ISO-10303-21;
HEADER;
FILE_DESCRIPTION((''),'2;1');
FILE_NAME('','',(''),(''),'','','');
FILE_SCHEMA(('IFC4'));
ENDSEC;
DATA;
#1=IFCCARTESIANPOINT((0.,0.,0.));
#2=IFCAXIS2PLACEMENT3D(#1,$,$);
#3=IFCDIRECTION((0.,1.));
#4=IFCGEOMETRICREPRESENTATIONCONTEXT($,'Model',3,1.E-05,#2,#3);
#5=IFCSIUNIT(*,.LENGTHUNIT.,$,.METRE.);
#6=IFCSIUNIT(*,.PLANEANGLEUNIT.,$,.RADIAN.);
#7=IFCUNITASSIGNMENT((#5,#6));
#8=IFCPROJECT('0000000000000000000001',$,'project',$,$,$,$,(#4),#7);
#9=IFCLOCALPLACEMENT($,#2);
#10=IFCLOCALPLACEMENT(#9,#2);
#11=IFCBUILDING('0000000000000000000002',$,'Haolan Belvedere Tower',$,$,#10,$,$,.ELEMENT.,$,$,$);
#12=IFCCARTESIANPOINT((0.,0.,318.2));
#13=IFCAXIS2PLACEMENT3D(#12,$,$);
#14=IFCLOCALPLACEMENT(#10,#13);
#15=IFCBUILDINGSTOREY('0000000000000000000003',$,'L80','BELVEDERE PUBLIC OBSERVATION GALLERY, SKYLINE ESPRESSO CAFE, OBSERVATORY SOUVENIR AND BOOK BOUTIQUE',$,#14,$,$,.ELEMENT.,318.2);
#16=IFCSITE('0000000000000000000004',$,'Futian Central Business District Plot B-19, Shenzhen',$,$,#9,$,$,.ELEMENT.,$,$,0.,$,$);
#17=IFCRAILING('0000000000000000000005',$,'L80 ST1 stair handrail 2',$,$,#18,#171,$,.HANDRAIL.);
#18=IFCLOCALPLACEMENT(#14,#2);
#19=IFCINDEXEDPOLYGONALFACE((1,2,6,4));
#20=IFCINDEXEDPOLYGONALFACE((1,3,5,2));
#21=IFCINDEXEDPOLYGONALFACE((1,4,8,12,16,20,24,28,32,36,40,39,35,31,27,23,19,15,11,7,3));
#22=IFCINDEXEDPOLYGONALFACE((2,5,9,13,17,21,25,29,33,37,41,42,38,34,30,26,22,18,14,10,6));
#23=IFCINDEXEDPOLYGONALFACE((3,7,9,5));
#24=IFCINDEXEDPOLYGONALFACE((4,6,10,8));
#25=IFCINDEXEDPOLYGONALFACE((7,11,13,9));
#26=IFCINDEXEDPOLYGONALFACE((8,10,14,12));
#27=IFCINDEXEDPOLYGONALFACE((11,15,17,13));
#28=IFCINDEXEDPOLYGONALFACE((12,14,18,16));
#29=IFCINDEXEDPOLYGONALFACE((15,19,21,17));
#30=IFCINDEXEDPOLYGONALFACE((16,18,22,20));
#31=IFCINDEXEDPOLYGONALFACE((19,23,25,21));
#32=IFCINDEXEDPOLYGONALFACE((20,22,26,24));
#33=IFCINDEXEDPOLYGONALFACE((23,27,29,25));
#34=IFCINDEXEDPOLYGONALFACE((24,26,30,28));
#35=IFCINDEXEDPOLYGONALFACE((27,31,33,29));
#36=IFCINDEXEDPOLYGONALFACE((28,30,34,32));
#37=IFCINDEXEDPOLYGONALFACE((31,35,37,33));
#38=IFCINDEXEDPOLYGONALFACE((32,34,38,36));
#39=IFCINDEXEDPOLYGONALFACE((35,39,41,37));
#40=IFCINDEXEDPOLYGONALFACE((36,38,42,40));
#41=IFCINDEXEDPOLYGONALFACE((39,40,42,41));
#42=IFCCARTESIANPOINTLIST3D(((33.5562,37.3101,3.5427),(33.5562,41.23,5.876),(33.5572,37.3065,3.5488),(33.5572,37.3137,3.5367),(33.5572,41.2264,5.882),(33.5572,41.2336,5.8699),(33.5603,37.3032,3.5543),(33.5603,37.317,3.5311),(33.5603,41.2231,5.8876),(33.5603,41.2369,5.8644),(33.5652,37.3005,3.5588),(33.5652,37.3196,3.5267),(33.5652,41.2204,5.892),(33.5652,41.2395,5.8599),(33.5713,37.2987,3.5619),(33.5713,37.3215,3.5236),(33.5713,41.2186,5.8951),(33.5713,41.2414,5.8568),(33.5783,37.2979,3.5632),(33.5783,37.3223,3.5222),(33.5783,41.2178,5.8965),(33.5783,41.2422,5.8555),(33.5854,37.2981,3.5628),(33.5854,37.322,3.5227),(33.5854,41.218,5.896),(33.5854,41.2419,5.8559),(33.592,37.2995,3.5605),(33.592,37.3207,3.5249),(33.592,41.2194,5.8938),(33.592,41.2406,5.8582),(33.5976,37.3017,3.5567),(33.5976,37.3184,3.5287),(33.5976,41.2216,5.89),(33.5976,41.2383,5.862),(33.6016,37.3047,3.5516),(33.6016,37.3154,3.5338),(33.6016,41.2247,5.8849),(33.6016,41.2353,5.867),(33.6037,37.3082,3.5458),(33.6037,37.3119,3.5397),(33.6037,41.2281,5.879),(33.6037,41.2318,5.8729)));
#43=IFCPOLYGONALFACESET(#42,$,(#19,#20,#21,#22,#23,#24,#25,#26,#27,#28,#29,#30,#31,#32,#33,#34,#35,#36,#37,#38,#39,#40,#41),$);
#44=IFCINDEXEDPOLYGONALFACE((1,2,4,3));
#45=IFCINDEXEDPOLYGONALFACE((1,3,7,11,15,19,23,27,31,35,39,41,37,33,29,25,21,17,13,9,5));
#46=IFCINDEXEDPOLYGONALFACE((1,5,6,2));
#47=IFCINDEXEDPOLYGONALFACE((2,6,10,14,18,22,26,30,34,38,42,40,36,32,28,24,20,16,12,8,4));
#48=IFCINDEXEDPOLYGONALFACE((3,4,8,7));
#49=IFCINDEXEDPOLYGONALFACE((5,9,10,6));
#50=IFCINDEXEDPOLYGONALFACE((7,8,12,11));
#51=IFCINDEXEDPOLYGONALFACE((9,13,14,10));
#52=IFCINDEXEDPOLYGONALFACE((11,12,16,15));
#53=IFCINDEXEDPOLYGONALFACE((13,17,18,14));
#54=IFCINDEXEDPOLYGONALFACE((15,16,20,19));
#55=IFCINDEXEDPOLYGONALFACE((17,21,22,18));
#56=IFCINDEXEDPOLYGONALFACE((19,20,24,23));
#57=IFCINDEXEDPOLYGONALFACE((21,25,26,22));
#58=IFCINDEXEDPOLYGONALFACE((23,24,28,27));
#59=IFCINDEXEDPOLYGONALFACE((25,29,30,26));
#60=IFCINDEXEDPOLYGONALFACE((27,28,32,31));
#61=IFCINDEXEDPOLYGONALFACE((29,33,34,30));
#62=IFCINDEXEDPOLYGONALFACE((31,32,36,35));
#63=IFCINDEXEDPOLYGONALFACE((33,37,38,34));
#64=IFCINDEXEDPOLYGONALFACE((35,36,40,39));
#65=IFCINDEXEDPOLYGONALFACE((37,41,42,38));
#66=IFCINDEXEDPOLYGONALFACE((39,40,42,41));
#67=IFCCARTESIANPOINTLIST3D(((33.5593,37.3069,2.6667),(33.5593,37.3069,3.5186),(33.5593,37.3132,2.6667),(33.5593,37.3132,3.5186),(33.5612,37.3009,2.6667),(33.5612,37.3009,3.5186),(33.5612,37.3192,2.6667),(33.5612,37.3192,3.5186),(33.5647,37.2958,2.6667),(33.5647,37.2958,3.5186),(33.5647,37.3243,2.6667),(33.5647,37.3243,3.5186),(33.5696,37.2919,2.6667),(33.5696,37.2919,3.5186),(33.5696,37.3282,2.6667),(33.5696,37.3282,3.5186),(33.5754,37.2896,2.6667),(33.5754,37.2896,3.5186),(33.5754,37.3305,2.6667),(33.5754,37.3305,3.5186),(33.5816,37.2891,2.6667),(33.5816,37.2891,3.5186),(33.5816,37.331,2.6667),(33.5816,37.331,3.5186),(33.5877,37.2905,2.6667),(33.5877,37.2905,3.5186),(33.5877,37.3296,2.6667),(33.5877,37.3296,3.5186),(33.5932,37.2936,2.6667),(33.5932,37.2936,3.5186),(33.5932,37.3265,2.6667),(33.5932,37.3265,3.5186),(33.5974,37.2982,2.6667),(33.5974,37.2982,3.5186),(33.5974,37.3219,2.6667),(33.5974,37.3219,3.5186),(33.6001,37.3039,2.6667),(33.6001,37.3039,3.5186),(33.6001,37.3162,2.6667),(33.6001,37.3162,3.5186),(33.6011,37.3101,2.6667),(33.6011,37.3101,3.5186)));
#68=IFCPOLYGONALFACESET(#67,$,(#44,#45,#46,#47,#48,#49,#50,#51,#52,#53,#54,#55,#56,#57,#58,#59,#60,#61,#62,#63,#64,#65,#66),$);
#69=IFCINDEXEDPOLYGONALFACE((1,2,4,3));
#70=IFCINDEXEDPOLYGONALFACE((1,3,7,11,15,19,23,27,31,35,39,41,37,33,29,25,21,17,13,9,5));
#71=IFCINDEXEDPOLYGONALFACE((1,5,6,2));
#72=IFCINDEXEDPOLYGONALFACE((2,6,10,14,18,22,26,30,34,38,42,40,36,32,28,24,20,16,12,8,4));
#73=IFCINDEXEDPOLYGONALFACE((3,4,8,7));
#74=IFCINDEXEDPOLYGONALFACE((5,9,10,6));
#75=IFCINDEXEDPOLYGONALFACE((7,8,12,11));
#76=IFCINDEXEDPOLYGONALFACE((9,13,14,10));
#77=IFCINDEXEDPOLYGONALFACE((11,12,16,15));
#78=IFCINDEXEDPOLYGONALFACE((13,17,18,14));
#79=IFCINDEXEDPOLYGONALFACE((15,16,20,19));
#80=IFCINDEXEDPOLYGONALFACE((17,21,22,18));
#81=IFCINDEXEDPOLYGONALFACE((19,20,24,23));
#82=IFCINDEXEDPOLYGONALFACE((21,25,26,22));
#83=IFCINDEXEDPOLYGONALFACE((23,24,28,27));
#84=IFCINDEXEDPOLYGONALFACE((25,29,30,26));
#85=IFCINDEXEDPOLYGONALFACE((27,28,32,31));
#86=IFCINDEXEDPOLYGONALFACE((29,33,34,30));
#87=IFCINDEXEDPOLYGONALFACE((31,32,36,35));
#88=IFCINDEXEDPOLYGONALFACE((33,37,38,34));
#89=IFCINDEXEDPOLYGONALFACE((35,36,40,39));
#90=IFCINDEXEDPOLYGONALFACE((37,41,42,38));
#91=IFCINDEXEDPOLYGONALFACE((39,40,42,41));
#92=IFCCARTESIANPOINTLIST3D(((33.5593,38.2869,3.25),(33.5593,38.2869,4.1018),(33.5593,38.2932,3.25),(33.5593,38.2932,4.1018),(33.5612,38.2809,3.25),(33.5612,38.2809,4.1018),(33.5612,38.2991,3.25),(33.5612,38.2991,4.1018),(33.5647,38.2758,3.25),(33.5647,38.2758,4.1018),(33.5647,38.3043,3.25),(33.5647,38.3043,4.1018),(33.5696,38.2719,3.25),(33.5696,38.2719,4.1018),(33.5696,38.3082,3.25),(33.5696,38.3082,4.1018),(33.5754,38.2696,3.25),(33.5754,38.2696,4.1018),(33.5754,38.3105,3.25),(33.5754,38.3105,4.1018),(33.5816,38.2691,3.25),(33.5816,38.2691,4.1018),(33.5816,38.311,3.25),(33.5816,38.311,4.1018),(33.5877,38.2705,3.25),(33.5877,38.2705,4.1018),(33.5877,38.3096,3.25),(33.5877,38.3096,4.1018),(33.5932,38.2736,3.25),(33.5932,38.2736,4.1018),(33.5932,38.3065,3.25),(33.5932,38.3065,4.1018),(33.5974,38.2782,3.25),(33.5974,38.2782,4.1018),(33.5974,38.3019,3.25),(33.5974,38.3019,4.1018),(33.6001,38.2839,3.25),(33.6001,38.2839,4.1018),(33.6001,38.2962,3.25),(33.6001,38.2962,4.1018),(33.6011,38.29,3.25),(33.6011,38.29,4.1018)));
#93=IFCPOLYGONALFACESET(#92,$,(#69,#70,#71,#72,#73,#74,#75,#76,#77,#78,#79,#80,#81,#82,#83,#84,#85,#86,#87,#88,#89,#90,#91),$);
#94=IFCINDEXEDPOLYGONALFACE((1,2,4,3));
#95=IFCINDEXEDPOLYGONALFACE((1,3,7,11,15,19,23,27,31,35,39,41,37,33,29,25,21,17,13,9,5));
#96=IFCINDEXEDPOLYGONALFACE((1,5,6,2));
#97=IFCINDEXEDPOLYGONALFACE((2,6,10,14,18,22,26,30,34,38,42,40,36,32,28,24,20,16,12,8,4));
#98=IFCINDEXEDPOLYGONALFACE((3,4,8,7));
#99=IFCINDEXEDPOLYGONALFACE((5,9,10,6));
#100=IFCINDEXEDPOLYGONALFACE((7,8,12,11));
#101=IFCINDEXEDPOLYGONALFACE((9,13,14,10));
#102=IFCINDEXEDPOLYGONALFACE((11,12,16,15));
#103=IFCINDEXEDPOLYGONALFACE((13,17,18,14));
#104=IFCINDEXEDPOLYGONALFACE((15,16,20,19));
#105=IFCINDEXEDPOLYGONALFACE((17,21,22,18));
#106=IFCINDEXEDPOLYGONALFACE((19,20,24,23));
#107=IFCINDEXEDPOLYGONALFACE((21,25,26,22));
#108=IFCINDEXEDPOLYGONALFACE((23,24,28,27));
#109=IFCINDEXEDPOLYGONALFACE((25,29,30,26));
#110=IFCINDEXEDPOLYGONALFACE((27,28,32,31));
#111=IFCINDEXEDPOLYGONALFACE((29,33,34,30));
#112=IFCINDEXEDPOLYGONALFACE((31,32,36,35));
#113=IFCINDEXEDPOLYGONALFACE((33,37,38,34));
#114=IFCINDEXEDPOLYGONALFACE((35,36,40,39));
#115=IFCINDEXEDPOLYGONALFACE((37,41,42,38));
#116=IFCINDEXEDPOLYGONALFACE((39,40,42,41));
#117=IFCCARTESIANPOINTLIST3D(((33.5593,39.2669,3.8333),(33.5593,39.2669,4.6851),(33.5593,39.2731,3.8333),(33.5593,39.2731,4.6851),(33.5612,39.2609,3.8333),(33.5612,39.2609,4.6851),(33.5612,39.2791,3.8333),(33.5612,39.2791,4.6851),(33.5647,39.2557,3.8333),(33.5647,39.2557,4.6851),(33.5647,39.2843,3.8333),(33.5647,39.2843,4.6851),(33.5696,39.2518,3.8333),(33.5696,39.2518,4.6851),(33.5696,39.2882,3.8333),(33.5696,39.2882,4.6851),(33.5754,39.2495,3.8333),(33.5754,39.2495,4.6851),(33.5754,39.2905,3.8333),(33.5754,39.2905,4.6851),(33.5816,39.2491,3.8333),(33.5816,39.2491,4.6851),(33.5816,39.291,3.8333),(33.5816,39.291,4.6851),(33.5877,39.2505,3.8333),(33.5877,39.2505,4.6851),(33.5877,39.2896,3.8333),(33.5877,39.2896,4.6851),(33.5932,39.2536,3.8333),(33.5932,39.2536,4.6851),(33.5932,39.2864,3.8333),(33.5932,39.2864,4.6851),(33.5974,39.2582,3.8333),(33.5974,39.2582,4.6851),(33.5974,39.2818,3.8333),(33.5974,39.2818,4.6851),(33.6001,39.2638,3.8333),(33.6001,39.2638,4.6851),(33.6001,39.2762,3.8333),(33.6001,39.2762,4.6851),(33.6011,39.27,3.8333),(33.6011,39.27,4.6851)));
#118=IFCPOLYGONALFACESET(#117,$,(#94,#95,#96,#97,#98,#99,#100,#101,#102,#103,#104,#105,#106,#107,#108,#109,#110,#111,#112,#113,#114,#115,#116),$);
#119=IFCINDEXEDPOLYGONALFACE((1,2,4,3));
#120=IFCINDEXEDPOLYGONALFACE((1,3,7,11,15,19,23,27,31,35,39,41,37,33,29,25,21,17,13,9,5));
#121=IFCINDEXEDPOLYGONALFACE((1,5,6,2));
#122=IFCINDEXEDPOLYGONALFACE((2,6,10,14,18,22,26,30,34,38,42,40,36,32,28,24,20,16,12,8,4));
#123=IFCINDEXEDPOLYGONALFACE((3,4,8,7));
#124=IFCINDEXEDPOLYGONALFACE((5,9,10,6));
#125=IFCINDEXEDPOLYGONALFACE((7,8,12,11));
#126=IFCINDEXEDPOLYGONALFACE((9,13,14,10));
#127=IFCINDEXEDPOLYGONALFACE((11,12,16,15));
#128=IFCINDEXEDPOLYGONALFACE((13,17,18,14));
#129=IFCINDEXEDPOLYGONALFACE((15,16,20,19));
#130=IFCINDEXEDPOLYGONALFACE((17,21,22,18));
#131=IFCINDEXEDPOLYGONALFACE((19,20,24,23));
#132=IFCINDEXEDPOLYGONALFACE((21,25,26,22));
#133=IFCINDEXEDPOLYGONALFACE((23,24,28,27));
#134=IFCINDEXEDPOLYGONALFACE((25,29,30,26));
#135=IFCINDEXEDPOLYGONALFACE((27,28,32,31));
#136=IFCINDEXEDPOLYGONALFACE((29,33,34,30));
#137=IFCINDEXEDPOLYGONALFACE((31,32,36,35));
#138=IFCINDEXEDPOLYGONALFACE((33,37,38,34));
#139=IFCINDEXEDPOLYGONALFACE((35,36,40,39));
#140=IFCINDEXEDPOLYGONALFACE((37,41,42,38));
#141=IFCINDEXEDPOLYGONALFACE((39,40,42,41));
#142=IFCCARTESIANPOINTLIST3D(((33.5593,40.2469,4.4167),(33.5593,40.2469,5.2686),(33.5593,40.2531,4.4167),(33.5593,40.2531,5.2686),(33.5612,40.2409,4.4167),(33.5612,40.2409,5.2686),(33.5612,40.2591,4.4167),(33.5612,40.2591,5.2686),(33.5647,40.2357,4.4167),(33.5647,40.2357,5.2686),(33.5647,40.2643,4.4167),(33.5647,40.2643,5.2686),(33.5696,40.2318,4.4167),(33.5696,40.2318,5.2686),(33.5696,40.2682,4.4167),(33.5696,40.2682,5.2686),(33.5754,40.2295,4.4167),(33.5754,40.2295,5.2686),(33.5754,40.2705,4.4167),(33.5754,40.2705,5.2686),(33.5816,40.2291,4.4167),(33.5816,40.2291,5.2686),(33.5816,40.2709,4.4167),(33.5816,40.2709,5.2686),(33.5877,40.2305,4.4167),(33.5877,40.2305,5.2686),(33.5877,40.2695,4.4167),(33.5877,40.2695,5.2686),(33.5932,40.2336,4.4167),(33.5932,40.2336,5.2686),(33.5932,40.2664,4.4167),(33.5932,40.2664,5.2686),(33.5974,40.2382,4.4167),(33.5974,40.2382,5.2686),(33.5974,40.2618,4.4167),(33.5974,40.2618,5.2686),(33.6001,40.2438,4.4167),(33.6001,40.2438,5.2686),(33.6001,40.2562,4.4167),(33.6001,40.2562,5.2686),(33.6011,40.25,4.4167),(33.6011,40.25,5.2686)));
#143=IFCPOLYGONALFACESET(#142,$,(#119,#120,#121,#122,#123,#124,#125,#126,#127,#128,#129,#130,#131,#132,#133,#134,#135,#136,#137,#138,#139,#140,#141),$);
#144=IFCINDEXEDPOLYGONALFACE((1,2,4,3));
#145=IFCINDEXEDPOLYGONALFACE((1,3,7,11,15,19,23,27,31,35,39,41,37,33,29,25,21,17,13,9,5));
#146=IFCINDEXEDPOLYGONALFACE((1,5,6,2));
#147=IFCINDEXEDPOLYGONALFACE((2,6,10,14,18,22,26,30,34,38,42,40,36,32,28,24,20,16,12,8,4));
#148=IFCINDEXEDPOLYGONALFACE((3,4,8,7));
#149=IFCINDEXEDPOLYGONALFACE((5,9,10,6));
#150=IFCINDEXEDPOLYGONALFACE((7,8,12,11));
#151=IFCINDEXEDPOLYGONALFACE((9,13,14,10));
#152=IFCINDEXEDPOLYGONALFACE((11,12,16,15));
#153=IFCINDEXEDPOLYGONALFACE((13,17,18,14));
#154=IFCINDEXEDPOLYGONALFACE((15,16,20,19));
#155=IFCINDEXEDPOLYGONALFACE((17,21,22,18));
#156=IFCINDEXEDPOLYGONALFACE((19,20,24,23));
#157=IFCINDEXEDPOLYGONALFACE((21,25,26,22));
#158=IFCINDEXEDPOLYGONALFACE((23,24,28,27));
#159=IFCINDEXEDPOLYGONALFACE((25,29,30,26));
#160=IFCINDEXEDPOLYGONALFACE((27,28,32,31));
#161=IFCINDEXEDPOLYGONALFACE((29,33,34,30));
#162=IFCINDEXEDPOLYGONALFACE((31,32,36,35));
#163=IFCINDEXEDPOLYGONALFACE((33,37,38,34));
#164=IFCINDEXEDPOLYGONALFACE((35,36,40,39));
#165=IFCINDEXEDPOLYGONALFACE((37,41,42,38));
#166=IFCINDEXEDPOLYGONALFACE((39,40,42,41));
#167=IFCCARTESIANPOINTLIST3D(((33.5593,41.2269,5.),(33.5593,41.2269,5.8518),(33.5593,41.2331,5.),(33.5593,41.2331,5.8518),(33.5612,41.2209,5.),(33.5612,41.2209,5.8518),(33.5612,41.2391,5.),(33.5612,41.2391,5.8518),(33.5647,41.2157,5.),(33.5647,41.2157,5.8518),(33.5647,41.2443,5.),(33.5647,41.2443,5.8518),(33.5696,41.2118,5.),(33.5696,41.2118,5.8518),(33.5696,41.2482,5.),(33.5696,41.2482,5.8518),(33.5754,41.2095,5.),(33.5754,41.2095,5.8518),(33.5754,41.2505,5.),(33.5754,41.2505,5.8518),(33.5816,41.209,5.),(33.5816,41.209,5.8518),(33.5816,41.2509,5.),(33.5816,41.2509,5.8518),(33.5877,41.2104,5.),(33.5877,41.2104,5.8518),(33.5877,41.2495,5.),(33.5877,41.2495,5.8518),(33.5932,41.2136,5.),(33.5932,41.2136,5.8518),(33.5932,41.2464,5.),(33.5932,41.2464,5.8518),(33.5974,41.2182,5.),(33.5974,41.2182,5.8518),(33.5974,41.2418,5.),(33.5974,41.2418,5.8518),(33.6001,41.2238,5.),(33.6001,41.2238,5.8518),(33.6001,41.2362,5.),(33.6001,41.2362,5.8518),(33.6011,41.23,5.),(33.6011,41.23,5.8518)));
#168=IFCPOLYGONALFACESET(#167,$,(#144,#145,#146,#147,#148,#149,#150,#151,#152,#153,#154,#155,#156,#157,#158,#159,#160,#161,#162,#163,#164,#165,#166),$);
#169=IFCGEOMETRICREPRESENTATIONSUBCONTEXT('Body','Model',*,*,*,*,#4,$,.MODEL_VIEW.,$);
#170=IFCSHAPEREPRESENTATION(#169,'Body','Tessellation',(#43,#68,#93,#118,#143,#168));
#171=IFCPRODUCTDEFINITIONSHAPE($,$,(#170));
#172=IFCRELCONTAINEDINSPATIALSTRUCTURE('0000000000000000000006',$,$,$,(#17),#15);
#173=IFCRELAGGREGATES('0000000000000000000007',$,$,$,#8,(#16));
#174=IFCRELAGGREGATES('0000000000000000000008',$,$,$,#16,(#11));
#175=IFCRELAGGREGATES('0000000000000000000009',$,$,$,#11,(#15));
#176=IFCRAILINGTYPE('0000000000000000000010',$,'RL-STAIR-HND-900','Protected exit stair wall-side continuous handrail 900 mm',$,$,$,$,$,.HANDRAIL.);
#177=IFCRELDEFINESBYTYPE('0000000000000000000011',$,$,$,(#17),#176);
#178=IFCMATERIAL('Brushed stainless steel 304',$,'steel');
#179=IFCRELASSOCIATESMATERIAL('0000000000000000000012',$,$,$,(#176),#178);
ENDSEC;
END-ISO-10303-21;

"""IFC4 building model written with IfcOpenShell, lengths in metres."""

from ifc_helpers import new_model, si_unit, direction, frame, origin, origin_2d, place, context, subcontext, project, spatial, circle, extrude, material, type_object, element, save


model = new_model("IFC4")

# Units and contexts
model_context = context("Model", 3, precision=1e-05, world=origin(), true_north=direction((0.0, 1.0)))
body_context = subcontext(model_context, "Body", "Model", "MODEL_VIEW")
ifc_project = project(units=[si_unit("LENGTHUNIT", "METRE"), si_unit("PLANEANGLEUNIT", "RADIAN")], contexts=[model_context])

# Site, building, storey
site_placement = place(None, origin())
site = spatial("IfcSite", under=ifc_project, at=site_placement, Name="Futian Central Business District Plot B-19, Shenzhen", CompositionType="ELEMENT", RefElevation=0.0)
building_placement = place(site_placement, origin())
building = spatial("IfcBuilding", under=site, at=building_placement, Name="Haolan Belvedere Tower", CompositionType="ELEMENT")
storey_placement = place(building_placement, frame((0.0, 0.0, 318.2)))
storey = spatial("IfcBuildingStorey", under=building, at=storey_placement, Name="L80", Description="BELVEDERE PUBLIC OBSERVATION GALLERY, SKYLINE ESPRESSO CAFE, OBSERVATORY SOUVENIR AND BOOK BOUTIQUE", CompositionType="ELEMENT", Elevation=318.2)

# Railing
ifc_material_1 = material(Name="Brushed stainless steel 304", Category="steel")
railing_type_1 = type_object("IfcRailingType", Name="RL-STAIR-HND-900", Description="Protected exit stair wall-side continuous handrail 900 mm", PredefinedType="HANDRAIL", material=ifc_material_1)
railing_1_placement = place(storey_placement, frame((33.5801, 37.3101, 2.6667)))
element("IfcRailing", 1, at=railing_1_placement, inside=storey, type_object=railing_type_1, Name="L80 ST1 stair handrail 2", PredefinedType="HANDRAIL", context=body_context, shape_type="SweptSolid", body=[
    extrude(circle(Radius=0.0239, at=origin_2d()), frame((0.0, 0.0, 0.876), z_axis=(0.0, 0.859296, 0.511478), x_axis=(-1.0, 0.0, 0.0)), (0.0, 0.0, 1.0), 4.5618),
    extrude(circle(Radius=0.021, at=origin_2d()), origin(), (0.0, 0.0, 1.0), 0.8518),
    extrude(circle(Radius=0.021, at=origin_2d()), frame((0.0, 0.98, 0.5833)), (0.0, 0.0, 1.0), 0.8518),
    extrude(circle(Radius=0.021, at=origin_2d()), frame((0.0, 1.96, 1.1665)), (0.0, 0.0, 1.0), 0.8518),
    extrude(circle(Radius=0.021, at=origin_2d()), frame((0.0, 2.9399, 1.75)), (0.0, 0.0, 1.0), 0.8518),
    extrude(circle(Radius=0.021, at=origin_2d()), frame((0.0, 3.9199, 2.3333)), (0.0, 0.0, 1.0), 0.8518),
])

save(model, "model.ifc")
